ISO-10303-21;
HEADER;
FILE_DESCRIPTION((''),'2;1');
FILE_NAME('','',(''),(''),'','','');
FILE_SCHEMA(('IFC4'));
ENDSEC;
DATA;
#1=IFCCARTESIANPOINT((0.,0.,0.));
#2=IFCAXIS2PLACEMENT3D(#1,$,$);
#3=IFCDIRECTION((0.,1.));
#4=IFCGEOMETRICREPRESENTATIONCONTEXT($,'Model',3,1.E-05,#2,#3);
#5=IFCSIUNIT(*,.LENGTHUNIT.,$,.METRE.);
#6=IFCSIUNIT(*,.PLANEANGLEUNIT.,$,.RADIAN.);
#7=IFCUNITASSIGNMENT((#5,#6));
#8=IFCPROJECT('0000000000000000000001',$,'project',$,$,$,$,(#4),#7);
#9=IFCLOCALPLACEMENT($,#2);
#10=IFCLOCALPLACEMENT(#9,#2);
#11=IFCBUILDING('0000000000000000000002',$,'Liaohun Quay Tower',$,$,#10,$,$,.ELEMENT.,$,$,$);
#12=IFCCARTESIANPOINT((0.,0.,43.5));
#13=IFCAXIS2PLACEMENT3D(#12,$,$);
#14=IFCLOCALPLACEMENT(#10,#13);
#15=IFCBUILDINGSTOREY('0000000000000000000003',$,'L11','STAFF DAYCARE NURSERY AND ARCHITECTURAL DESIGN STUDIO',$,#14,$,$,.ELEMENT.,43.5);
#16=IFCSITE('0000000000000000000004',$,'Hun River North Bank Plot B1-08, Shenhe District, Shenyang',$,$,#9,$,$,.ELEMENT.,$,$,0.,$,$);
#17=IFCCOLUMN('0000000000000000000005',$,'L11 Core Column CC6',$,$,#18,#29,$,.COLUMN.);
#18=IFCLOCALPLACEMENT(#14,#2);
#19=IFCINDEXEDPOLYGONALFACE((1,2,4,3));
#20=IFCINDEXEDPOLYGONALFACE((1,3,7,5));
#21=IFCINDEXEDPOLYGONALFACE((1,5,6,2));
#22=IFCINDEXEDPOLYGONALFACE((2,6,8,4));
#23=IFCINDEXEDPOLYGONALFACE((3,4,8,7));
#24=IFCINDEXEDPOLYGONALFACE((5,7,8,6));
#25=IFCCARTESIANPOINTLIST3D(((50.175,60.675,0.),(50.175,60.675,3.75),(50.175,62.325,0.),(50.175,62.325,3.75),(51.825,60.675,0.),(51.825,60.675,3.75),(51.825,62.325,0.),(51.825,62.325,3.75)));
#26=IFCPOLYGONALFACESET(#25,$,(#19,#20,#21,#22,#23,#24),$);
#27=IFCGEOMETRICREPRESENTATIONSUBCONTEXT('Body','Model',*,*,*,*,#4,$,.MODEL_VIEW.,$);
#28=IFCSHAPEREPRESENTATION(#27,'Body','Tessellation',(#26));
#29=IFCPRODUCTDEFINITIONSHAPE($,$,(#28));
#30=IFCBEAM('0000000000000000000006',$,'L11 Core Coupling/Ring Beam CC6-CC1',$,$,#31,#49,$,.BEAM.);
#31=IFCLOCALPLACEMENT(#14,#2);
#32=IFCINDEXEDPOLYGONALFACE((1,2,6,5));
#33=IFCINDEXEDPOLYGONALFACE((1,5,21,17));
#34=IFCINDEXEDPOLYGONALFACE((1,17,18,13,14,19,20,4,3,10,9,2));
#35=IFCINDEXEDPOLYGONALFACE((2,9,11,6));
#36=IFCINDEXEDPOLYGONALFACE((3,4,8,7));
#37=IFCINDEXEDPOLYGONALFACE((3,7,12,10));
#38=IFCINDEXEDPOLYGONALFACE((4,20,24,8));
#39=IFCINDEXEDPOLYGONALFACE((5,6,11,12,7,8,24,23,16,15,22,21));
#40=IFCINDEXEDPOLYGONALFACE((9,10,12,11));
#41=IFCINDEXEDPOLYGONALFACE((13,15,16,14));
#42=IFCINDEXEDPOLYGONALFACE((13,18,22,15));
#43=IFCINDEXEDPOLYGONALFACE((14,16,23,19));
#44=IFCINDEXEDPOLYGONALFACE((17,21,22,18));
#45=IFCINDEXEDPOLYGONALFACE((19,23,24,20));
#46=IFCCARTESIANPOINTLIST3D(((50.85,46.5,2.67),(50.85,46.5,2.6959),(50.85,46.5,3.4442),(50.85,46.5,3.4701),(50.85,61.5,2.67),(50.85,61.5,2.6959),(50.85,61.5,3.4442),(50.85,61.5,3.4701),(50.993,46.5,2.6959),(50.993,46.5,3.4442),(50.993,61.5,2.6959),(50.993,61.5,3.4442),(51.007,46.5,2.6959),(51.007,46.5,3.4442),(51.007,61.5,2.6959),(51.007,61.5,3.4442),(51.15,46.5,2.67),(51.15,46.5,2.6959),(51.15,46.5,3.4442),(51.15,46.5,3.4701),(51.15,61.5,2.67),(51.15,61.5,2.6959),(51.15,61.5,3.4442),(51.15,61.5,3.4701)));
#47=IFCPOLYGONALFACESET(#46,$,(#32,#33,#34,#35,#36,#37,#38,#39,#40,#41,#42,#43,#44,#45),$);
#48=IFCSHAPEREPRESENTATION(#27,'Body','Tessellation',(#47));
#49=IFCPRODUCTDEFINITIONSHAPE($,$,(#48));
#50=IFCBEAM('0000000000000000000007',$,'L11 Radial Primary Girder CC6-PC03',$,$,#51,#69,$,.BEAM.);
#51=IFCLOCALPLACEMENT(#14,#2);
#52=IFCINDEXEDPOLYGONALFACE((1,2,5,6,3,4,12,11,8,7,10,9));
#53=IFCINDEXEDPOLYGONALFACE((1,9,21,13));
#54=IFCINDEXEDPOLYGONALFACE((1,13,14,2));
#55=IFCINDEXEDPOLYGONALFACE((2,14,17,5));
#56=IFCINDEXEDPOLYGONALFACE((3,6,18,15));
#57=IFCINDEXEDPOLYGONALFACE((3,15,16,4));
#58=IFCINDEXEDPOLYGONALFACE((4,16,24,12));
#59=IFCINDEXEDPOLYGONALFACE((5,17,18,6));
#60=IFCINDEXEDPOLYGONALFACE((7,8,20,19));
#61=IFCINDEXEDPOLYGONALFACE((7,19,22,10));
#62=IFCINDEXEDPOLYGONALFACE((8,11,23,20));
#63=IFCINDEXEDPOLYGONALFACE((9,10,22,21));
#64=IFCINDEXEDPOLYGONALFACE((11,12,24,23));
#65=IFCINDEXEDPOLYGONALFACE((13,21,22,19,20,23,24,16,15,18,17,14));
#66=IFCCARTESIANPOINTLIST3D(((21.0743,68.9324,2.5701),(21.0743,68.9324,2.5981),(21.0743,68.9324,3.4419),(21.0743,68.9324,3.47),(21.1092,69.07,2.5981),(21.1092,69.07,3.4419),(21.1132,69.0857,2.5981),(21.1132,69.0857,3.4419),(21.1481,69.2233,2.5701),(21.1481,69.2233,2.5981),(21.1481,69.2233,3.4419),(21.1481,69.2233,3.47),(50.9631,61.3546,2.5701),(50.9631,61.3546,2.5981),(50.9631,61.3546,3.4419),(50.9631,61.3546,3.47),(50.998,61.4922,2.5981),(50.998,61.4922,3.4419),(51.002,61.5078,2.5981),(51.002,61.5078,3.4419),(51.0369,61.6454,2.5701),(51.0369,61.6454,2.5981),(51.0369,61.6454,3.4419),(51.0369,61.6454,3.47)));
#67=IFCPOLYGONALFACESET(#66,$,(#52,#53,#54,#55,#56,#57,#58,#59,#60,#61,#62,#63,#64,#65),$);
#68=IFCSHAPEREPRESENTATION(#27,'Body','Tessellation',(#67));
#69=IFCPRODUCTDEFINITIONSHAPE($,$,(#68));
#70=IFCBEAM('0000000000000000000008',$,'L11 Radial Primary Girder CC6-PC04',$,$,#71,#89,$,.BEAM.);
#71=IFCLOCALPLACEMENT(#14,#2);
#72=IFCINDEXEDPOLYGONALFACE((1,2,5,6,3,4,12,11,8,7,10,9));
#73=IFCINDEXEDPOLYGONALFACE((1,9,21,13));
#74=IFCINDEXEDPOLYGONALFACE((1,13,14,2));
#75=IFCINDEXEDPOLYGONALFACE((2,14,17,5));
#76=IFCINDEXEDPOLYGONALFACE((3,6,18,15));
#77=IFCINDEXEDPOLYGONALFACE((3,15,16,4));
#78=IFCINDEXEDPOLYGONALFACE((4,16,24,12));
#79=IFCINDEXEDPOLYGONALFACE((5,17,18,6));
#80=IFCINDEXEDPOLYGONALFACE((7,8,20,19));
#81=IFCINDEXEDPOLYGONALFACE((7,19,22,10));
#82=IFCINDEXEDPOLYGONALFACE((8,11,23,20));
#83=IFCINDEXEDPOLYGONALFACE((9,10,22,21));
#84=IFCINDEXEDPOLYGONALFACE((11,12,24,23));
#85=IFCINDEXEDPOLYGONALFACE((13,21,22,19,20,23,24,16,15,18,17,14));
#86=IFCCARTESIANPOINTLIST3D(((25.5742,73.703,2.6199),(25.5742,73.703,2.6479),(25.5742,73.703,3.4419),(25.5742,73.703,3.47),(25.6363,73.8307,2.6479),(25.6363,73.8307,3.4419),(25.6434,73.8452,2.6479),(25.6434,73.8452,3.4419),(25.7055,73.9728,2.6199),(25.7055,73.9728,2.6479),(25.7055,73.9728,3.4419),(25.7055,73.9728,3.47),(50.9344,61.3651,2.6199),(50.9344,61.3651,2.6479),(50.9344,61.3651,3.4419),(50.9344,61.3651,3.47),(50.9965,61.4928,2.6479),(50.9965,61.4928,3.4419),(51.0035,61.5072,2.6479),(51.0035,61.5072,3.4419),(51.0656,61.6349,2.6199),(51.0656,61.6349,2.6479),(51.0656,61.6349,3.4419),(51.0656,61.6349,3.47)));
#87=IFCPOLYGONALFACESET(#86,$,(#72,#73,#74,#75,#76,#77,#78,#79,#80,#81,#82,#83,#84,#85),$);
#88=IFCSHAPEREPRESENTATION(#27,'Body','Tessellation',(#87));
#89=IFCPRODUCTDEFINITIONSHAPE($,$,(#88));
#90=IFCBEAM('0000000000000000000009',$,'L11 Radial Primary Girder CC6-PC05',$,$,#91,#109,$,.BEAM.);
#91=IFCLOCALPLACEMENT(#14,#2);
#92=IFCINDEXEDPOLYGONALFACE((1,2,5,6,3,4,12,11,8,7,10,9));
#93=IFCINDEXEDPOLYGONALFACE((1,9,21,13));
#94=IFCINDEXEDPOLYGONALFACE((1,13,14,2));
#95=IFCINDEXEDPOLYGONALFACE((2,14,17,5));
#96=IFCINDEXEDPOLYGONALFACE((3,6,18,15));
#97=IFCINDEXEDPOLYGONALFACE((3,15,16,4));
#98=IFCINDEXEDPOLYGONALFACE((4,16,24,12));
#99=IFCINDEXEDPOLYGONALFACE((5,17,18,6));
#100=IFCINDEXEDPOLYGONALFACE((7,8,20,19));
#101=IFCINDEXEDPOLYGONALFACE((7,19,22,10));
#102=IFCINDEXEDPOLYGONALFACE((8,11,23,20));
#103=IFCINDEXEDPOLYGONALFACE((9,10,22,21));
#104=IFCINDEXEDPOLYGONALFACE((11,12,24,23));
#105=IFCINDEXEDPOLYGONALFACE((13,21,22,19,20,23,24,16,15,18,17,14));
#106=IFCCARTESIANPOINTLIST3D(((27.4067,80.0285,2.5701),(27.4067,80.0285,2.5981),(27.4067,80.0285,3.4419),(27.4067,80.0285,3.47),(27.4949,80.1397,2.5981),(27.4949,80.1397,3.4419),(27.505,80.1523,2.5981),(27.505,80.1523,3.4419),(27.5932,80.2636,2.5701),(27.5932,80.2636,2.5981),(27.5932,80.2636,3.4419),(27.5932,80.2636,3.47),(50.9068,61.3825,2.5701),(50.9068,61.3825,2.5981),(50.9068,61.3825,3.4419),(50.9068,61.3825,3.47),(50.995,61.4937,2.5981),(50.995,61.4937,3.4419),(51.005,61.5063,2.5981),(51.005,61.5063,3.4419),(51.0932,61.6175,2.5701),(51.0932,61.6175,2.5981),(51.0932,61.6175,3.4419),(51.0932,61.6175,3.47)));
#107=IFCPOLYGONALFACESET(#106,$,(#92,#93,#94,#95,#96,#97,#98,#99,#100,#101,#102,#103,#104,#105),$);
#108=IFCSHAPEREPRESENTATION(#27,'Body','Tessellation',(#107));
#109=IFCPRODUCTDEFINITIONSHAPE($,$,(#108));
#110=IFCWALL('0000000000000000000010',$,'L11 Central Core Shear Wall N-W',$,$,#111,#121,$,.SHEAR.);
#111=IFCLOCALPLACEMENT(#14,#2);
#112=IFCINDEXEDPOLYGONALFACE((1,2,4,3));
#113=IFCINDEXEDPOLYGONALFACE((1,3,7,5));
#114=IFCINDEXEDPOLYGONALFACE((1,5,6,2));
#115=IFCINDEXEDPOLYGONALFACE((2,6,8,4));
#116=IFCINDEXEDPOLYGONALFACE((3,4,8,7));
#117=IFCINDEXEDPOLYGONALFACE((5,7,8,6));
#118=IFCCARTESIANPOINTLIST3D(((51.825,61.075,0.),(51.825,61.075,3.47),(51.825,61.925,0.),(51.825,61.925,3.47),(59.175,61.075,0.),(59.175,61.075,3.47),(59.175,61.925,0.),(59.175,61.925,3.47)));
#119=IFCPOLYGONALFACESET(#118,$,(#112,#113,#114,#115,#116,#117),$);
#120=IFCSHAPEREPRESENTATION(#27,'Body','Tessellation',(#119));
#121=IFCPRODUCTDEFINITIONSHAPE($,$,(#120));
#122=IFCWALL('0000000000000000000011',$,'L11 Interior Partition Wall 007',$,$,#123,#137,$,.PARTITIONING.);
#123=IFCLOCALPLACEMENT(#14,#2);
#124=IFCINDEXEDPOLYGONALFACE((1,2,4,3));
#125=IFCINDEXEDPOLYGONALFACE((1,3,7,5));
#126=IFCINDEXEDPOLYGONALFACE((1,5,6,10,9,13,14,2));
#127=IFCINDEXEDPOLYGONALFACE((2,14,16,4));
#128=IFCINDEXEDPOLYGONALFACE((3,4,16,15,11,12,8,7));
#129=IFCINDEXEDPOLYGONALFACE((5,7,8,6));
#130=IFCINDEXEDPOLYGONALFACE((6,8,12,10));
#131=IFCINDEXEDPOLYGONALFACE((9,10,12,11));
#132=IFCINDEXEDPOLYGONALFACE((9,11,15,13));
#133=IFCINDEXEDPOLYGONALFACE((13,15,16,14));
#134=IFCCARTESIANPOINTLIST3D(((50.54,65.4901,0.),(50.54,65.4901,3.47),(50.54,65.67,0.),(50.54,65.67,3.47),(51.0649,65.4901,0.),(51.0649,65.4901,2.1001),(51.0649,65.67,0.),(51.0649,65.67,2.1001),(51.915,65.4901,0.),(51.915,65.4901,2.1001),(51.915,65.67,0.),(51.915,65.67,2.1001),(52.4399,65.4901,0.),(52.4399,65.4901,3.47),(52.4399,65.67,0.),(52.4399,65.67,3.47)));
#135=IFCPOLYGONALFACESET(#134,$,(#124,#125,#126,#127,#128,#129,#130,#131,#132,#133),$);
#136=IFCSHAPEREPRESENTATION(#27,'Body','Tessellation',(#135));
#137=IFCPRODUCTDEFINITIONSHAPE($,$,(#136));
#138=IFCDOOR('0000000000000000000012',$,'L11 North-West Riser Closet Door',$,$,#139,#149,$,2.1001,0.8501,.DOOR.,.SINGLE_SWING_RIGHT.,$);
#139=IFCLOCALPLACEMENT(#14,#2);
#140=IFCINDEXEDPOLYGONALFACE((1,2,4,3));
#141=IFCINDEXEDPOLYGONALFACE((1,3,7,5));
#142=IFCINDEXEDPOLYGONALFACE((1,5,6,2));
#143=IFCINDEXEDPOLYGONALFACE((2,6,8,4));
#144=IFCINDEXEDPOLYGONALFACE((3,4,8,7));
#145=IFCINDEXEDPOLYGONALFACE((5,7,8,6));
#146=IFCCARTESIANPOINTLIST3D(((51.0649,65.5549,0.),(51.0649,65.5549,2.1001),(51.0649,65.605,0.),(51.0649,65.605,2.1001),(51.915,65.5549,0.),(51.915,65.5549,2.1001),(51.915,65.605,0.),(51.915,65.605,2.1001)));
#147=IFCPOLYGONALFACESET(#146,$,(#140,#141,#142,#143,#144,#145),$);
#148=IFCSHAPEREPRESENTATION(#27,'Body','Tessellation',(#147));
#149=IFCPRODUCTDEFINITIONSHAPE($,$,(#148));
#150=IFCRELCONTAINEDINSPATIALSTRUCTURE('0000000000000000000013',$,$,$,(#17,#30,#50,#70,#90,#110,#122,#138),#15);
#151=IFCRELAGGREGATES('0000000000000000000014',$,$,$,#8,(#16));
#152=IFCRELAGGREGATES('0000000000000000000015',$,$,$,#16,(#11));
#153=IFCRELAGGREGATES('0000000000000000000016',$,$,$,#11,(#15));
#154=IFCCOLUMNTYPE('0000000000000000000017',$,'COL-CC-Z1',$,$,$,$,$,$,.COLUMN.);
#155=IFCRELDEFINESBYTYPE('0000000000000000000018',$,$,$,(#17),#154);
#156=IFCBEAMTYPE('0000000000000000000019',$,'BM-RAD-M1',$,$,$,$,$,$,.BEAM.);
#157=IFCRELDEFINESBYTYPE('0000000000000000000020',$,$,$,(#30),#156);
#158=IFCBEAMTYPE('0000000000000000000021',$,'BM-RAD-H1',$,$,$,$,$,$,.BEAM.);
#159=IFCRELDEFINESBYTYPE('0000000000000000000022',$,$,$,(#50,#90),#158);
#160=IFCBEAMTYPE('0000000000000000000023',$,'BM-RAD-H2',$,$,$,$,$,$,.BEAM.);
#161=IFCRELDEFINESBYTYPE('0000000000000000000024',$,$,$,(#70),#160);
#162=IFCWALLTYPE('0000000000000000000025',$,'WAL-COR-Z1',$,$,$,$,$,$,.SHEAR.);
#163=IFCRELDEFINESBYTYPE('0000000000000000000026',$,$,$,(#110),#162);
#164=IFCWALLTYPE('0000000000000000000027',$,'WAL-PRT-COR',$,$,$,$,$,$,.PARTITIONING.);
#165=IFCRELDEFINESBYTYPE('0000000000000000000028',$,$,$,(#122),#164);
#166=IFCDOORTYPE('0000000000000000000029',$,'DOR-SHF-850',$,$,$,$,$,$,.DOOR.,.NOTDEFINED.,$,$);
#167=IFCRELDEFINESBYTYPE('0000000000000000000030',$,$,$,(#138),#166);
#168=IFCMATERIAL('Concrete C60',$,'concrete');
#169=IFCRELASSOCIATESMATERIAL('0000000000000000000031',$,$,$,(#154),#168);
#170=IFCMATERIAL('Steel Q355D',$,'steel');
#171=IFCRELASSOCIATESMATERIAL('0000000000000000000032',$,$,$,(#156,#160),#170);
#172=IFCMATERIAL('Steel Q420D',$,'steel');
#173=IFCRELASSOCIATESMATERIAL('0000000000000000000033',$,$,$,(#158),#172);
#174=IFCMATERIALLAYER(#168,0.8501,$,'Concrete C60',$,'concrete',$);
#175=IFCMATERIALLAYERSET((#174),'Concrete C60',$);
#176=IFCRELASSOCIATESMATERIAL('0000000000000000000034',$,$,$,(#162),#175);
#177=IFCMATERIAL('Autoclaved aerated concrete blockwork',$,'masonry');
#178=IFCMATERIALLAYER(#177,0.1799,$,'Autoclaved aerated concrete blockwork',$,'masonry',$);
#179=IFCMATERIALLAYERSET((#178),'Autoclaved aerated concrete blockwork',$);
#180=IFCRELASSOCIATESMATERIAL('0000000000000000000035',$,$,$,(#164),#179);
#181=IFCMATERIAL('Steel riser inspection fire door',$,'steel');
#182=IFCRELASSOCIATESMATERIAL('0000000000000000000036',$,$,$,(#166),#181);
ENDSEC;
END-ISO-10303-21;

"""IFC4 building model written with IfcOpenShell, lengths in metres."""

from ifc_helpers import new_model, si_unit, direction, frame, frame_2d, origin, origin_2d, place, context, subcontext, project, spatial, rectangle, i_section, extrude, source, transform, mapped, material, layer, layer_set, material_profile, profile_set, type_object, element, fill, save


model = new_model("IFC4")

# Units and contexts
model_context = context("Model", 3, precision=1e-05, world=origin(), true_north=direction((0.0, 1.0)))
body_context = subcontext(model_context, "Body", "Model", "MODEL_VIEW")
ifc_project = project(units=[si_unit("LENGTHUNIT", "METRE"), si_unit("PLANEANGLEUNIT", "RADIAN")], contexts=[model_context])

# Site, building, storey
site_placement = place(None, origin())
site = spatial("IfcSite", under=ifc_project, at=site_placement, Name="Hun River North Bank Plot B1-08, Shenhe District, Shenyang", CompositionType="ELEMENT", RefElevation=0.0)
building_placement = place(site_placement, origin())
building = spatial("IfcBuilding", under=site, at=building_placement, Name="Liaohun Quay Tower", CompositionType="ELEMENT")
storey_placement = place(building_placement, frame((0.0, 0.0, 43.5)))
storey = spatial("IfcBuildingStorey", under=building, at=storey_placement, Name="L11", Description="STAFF DAYCARE NURSERY AND ARCHITECTURAL DESIGN STUDIO", CompositionType="ELEMENT", Elevation=43.5)

# Column
ifc_material_1 = material(Name="Concrete C60", Category="concrete")
ifc_material_profile_1 = material_profile(ifc_material_1, rectangle(XDim=1.6499, YDim=1.6499, at=origin_2d()), Name="RC1650x1650")
ifc_profile_set_1 = profile_set([ifc_material_profile_1], Name="Concrete C60")
column_type = type_object("IfcColumnType", Name="COL-CC-Z1", PredefinedType="COLUMN", material=ifc_profile_set_1)
shared_shape_1 = source(origin(), body_context, "Body", "SweptSolid", [
    extrude(rectangle(XDim=1.6499, YDim=1.6499, at=origin_2d()), origin(), (0.0, 0.0, 1.0), 3.75),
])
column_placement = place(storey_placement, frame((51.0, 61.5, 0.0), z_axis=(0.0, 0.0, 1.0), x_axis=(1.0, 0.0, 0.0)))
element("IfcColumn", 1, at=column_placement, inside=storey, type_object=column_type, Name="L11 Core Column CC6", PredefinedType="COLUMN", context=body_context, shape_type="MappedRepresentation", body=[
    mapped(shared_shape_1, transform((0.0, 0.0, 0.0), x_axis=(1.0, 0.0, 0.0), y_axis=(0.0, 1.0, 0.0), z_axis=(0.0, 0.0, 1.0), scale=1.0)),
])

# Beams
ifc_material_2 = material(Name="Steel Q355D", Category="steel")
ifc_material_profile_2 = material_profile(ifc_material_2, i_section(OverallWidth=0.3, OverallDepth=0.8, WebThickness=0.0139, FlangeThickness=0.0259, at=origin_2d()), Name="HN800x300x14x26")
ifc_profile_set_2 = profile_set([ifc_material_profile_2], Name="Steel Q355D")
beam_type_1 = type_object("IfcBeamType", Name="BM-RAD-M1", PredefinedType="BEAM", material=ifc_profile_set_2)
shared_shape_2 = source(origin(), body_context, "Body", "SweptSolid", [
    extrude(i_section(OverallWidth=0.3, OverallDepth=0.8, WebThickness=0.0139, FlangeThickness=0.0259, at=origin_2d()), origin(), (0.0, 0.0, 1.0), 15.0),
])
beam_1_placement = place(storey_placement, frame((51.0, 61.5, 3.0701), z_axis=(0.0, -1.0, 0.0), x_axis=(1.0, 0.0, 0.0)))
element("IfcBeam", 2, at=beam_1_placement, inside=storey, type_object=beam_type_1, Name="L11 Core Coupling/Ring Beam CC6-CC1", PredefinedType="BEAM", context=body_context, shape_type="MappedRepresentation", body=[
    mapped(shared_shape_2, transform((0.0, 0.0, 0.0), x_axis=(1.0, 0.0, 0.0), y_axis=(0.0, 1.0, 0.0), z_axis=(0.0, 0.0, 1.0), scale=1.0)),
])
ifc_material_3 = material(Name="Steel Q420D", Category="steel")
ifc_material_profile_3 = material_profile(ifc_material_3, i_section(OverallWidth=0.3, OverallDepth=0.8999, WebThickness=0.0161, FlangeThickness=0.0281, at=origin_2d()), Name="HN900x300x16x28")
ifc_profile_set_3 = profile_set([ifc_material_profile_3], Name="Steel Q420D")
beam_type_2 = type_object("IfcBeamType", Name="BM-RAD-H1", PredefinedType="BEAM", material=ifc_profile_set_3)
shared_shape_3 = source(origin(), body_context, "Body", "SweptSolid", [
    extrude(i_section(OverallWidth=0.3, OverallDepth=0.8999, WebThickness=0.0161, FlangeThickness=0.0281, at=origin_2d()), origin(), (0.0, 0.0, 1.0), 30.8345),
])
beam_2_placement = place(storey_placement, frame((51.0, 61.5, 3.02), z_axis=(-0.969331, 0.245759, 0.0), x_axis=(-0.245759, -0.969331, 0.0)))
element("IfcBeam", 3, at=beam_2_placement, inside=storey, type_object=beam_type_2, Name="L11 Radial Primary Girder CC6-PC03", PredefinedType="BEAM", context=body_context, shape_type="MappedRepresentation", body=[
    mapped(shared_shape_3, transform((0.0, 0.0, 0.0), x_axis=(1.0, 0.0, 0.0), y_axis=(0.0, 1.0, 0.0), z_axis=(0.0, 0.0, 1.0), scale=1.0)),
])
ifc_material_profile_4 = material_profile(ifc_material_2, i_section(OverallWidth=0.3, OverallDepth=0.8501, WebThickness=0.0161, FlangeThickness=0.0281, at=origin_2d()), Name="HN850x300x16x28")
ifc_profile_set_4 = profile_set([ifc_material_profile_4], Name="Steel Q355D")
beam_type_3 = type_object("IfcBeamType", Name="BM-RAD-H2", PredefinedType="BEAM", material=ifc_profile_set_4)
shared_shape_4 = source(origin(), body_context, "Body", "SweptSolid", [
    extrude(i_section(OverallWidth=0.3, OverallDepth=0.8501, WebThickness=0.0161, FlangeThickness=0.0281, at=origin_2d()), origin(), (0.0, 0.0, 1.0), 28.2021),
])
beam_3_placement = place(storey_placement, frame((51.0, 61.5, 3.0449), z_axis=(-0.899228, 0.437481, 0.0), x_axis=(-0.437481, -0.899228, 0.0)))
element("IfcBeam", 4, at=beam_3_placement, inside=storey, type_object=beam_type_3, Name="L11 Radial Primary Girder CC6-PC04", PredefinedType="BEAM", context=body_context, shape_type="MappedRepresentation", body=[
    mapped(shared_shape_4, transform((0.0, 0.0, 0.0), x_axis=(1.0, 0.0, 0.0), y_axis=(0.0, 1.0, 0.0), z_axis=(0.0, 0.0, 1.0), scale=1.0)),
])
shared_shape_5 = source(origin(), body_context, "Body", "SweptSolid", [
    extrude(i_section(OverallWidth=0.3, OverallDepth=0.8999, WebThickness=0.0161, FlangeThickness=0.0281, at=origin_2d()), origin(), (0.0, 0.0, 1.0), 29.9988),
])
beam_4_placement = place(storey_placement, frame((51.0, 61.5, 3.02), z_axis=(-0.783367, 0.62156, 0.0), x_axis=(-0.62156, -0.783367, 0.0)))
element("IfcBeam", 5, at=beam_4_placement, inside=storey, type_object=beam_type_2, Name="L11 Radial Primary Girder CC6-PC05", PredefinedType="BEAM", context=body_context, shape_type="MappedRepresentation", body=[
    mapped(shared_shape_5, transform((0.0, 0.0, 0.0), x_axis=(1.0, 0.0, 0.0), y_axis=(0.0, 1.0, 0.0), z_axis=(0.0, 0.0, 1.0), scale=1.0)),
])

# Wall
ifc_layer_1 = layer(ifc_material_1, 0.8501, Name="Concrete C60", Category="concrete")
ifc_layer_set_1 = layer_set([ifc_layer_1], Name="Concrete C60")
wall_type_1 = type_object("IfcWallType", Name="WAL-COR-Z1", PredefinedType="SHEAR", material=ifc_layer_set_1)
wall_1_placement = place(storey_placement, frame((51.825, 61.5, 0.0), z_axis=(0.0, 0.0, 1.0), x_axis=(1.0, 0.0, 0.0)))
element("IfcWall", 6, at=wall_1_placement, inside=storey, type_object=wall_type_1, Name="L11 Central Core Shear Wall N-W", PredefinedType="SHEAR", context=body_context, shape_type="SweptSolid", body=[
    extrude(rectangle(XDim=7.3501, YDim=0.8501, at=frame_2d((3.675, 0.0))), origin(), (0.0, 0.0, 1.0), 3.47),
])

# Wall, opening, door
ifc_material_4 = material(Name="Autoclaved aerated concrete blockwork", Category="masonry")
ifc_layer_2 = layer(ifc_material_4, 0.1799, Name="Autoclaved aerated concrete blockwork", Category="masonry")
ifc_layer_set_2 = layer_set([ifc_layer_2], Name="Autoclaved aerated concrete blockwork")
wall_type_2 = type_object("IfcWallType", Name="WAL-PRT-COR", PredefinedType="PARTITIONING", material=ifc_layer_set_2)
wall_2_placement = place(storey_placement, frame((50.54, 65.5801, 0.0), z_axis=(0.0, 0.0, 1.0), x_axis=(1.0, 0.0, 0.0)))
wall_2 = element("IfcWall", 7, at=wall_2_placement, inside=storey, type_object=wall_type_2, Name="L11 Interior Partition Wall 007", PredefinedType="PARTITIONING", context=body_context, shape_type="SweptSolid", body=[
    extrude(rectangle(XDim=1.8999, YDim=0.1799, at=frame_2d((0.95, 0.0))), origin(), (0.0, 0.0, 1.0), 3.47),
])
shared_shape_6 = source(origin(), body_context, "Body", "SweptSolid", [
    extrude(rectangle(XDim=0.8501, YDim=2.1001, at=frame_2d((0.425, 1.05))), frame((0.0, 0.0999, 0.0), z_axis=(0.0, -1.0, 0.0), x_axis=(1.0, 0.0, 0.0)), (0.0, 0.0, 1.0), 0.2),
])
opening_1_placement = place(wall_2_placement, frame((0.5249, 0.0, 0.0)))
opening_1 = element("IfcOpeningElement", 8, at=opening_1_placement, cuts=wall_2, PredefinedType="OPENING", context=body_context, shape_type="MappedRepresentation", body=[
    mapped(shared_shape_6, transform((0.0, 0.0, 0.0), x_axis=(1.0, 0.0, 0.0), y_axis=(0.0, 1.0, 0.0), z_axis=(0.0, 0.0, 1.0), scale=1.0)),
])
ifc_material_5 = material(Name="Steel riser inspection fire door", Category="steel")
door_type_1 = type_object("IfcDoorType", Name="DOR-SHF-850", OperationType="NOTDEFINED", PredefinedType="DOOR", material=ifc_material_5)
shared_shape_7 = source(origin(), body_context, "Body", "SweptSolid", [
    extrude(rectangle(XDim=0.8501, YDim=2.1001, at=frame_2d((0.425, 1.05))), frame((0.0, 0.0249, 0.0), z_axis=(0.0, -1.0, 0.0), x_axis=(1.0, 0.0, 0.0)), (0.0, 0.0, 1.0), 0.05),
])
door_1_placement = place(opening_1_placement, origin())
door_1 = element("IfcDoor", 9, at=door_1_placement, inside=storey, type_object=door_type_1, Name="L11 North-West Riser Closet Door", OperationType="SINGLE_SWING_RIGHT", OverallHeight=2.1001, OverallWidth=0.8501, PredefinedType="DOOR", context=body_context, shape_type="MappedRepresentation", body=[
    mapped(shared_shape_7, transform((0.0, 0.0, 0.0), x_axis=(1.0, 0.0, 0.0), y_axis=(0.0, 1.0, 0.0), z_axis=(0.0, 0.0, 1.0), scale=1.0)),
])
fill(opening_1, door_1)

save(model, "model.ifc")
